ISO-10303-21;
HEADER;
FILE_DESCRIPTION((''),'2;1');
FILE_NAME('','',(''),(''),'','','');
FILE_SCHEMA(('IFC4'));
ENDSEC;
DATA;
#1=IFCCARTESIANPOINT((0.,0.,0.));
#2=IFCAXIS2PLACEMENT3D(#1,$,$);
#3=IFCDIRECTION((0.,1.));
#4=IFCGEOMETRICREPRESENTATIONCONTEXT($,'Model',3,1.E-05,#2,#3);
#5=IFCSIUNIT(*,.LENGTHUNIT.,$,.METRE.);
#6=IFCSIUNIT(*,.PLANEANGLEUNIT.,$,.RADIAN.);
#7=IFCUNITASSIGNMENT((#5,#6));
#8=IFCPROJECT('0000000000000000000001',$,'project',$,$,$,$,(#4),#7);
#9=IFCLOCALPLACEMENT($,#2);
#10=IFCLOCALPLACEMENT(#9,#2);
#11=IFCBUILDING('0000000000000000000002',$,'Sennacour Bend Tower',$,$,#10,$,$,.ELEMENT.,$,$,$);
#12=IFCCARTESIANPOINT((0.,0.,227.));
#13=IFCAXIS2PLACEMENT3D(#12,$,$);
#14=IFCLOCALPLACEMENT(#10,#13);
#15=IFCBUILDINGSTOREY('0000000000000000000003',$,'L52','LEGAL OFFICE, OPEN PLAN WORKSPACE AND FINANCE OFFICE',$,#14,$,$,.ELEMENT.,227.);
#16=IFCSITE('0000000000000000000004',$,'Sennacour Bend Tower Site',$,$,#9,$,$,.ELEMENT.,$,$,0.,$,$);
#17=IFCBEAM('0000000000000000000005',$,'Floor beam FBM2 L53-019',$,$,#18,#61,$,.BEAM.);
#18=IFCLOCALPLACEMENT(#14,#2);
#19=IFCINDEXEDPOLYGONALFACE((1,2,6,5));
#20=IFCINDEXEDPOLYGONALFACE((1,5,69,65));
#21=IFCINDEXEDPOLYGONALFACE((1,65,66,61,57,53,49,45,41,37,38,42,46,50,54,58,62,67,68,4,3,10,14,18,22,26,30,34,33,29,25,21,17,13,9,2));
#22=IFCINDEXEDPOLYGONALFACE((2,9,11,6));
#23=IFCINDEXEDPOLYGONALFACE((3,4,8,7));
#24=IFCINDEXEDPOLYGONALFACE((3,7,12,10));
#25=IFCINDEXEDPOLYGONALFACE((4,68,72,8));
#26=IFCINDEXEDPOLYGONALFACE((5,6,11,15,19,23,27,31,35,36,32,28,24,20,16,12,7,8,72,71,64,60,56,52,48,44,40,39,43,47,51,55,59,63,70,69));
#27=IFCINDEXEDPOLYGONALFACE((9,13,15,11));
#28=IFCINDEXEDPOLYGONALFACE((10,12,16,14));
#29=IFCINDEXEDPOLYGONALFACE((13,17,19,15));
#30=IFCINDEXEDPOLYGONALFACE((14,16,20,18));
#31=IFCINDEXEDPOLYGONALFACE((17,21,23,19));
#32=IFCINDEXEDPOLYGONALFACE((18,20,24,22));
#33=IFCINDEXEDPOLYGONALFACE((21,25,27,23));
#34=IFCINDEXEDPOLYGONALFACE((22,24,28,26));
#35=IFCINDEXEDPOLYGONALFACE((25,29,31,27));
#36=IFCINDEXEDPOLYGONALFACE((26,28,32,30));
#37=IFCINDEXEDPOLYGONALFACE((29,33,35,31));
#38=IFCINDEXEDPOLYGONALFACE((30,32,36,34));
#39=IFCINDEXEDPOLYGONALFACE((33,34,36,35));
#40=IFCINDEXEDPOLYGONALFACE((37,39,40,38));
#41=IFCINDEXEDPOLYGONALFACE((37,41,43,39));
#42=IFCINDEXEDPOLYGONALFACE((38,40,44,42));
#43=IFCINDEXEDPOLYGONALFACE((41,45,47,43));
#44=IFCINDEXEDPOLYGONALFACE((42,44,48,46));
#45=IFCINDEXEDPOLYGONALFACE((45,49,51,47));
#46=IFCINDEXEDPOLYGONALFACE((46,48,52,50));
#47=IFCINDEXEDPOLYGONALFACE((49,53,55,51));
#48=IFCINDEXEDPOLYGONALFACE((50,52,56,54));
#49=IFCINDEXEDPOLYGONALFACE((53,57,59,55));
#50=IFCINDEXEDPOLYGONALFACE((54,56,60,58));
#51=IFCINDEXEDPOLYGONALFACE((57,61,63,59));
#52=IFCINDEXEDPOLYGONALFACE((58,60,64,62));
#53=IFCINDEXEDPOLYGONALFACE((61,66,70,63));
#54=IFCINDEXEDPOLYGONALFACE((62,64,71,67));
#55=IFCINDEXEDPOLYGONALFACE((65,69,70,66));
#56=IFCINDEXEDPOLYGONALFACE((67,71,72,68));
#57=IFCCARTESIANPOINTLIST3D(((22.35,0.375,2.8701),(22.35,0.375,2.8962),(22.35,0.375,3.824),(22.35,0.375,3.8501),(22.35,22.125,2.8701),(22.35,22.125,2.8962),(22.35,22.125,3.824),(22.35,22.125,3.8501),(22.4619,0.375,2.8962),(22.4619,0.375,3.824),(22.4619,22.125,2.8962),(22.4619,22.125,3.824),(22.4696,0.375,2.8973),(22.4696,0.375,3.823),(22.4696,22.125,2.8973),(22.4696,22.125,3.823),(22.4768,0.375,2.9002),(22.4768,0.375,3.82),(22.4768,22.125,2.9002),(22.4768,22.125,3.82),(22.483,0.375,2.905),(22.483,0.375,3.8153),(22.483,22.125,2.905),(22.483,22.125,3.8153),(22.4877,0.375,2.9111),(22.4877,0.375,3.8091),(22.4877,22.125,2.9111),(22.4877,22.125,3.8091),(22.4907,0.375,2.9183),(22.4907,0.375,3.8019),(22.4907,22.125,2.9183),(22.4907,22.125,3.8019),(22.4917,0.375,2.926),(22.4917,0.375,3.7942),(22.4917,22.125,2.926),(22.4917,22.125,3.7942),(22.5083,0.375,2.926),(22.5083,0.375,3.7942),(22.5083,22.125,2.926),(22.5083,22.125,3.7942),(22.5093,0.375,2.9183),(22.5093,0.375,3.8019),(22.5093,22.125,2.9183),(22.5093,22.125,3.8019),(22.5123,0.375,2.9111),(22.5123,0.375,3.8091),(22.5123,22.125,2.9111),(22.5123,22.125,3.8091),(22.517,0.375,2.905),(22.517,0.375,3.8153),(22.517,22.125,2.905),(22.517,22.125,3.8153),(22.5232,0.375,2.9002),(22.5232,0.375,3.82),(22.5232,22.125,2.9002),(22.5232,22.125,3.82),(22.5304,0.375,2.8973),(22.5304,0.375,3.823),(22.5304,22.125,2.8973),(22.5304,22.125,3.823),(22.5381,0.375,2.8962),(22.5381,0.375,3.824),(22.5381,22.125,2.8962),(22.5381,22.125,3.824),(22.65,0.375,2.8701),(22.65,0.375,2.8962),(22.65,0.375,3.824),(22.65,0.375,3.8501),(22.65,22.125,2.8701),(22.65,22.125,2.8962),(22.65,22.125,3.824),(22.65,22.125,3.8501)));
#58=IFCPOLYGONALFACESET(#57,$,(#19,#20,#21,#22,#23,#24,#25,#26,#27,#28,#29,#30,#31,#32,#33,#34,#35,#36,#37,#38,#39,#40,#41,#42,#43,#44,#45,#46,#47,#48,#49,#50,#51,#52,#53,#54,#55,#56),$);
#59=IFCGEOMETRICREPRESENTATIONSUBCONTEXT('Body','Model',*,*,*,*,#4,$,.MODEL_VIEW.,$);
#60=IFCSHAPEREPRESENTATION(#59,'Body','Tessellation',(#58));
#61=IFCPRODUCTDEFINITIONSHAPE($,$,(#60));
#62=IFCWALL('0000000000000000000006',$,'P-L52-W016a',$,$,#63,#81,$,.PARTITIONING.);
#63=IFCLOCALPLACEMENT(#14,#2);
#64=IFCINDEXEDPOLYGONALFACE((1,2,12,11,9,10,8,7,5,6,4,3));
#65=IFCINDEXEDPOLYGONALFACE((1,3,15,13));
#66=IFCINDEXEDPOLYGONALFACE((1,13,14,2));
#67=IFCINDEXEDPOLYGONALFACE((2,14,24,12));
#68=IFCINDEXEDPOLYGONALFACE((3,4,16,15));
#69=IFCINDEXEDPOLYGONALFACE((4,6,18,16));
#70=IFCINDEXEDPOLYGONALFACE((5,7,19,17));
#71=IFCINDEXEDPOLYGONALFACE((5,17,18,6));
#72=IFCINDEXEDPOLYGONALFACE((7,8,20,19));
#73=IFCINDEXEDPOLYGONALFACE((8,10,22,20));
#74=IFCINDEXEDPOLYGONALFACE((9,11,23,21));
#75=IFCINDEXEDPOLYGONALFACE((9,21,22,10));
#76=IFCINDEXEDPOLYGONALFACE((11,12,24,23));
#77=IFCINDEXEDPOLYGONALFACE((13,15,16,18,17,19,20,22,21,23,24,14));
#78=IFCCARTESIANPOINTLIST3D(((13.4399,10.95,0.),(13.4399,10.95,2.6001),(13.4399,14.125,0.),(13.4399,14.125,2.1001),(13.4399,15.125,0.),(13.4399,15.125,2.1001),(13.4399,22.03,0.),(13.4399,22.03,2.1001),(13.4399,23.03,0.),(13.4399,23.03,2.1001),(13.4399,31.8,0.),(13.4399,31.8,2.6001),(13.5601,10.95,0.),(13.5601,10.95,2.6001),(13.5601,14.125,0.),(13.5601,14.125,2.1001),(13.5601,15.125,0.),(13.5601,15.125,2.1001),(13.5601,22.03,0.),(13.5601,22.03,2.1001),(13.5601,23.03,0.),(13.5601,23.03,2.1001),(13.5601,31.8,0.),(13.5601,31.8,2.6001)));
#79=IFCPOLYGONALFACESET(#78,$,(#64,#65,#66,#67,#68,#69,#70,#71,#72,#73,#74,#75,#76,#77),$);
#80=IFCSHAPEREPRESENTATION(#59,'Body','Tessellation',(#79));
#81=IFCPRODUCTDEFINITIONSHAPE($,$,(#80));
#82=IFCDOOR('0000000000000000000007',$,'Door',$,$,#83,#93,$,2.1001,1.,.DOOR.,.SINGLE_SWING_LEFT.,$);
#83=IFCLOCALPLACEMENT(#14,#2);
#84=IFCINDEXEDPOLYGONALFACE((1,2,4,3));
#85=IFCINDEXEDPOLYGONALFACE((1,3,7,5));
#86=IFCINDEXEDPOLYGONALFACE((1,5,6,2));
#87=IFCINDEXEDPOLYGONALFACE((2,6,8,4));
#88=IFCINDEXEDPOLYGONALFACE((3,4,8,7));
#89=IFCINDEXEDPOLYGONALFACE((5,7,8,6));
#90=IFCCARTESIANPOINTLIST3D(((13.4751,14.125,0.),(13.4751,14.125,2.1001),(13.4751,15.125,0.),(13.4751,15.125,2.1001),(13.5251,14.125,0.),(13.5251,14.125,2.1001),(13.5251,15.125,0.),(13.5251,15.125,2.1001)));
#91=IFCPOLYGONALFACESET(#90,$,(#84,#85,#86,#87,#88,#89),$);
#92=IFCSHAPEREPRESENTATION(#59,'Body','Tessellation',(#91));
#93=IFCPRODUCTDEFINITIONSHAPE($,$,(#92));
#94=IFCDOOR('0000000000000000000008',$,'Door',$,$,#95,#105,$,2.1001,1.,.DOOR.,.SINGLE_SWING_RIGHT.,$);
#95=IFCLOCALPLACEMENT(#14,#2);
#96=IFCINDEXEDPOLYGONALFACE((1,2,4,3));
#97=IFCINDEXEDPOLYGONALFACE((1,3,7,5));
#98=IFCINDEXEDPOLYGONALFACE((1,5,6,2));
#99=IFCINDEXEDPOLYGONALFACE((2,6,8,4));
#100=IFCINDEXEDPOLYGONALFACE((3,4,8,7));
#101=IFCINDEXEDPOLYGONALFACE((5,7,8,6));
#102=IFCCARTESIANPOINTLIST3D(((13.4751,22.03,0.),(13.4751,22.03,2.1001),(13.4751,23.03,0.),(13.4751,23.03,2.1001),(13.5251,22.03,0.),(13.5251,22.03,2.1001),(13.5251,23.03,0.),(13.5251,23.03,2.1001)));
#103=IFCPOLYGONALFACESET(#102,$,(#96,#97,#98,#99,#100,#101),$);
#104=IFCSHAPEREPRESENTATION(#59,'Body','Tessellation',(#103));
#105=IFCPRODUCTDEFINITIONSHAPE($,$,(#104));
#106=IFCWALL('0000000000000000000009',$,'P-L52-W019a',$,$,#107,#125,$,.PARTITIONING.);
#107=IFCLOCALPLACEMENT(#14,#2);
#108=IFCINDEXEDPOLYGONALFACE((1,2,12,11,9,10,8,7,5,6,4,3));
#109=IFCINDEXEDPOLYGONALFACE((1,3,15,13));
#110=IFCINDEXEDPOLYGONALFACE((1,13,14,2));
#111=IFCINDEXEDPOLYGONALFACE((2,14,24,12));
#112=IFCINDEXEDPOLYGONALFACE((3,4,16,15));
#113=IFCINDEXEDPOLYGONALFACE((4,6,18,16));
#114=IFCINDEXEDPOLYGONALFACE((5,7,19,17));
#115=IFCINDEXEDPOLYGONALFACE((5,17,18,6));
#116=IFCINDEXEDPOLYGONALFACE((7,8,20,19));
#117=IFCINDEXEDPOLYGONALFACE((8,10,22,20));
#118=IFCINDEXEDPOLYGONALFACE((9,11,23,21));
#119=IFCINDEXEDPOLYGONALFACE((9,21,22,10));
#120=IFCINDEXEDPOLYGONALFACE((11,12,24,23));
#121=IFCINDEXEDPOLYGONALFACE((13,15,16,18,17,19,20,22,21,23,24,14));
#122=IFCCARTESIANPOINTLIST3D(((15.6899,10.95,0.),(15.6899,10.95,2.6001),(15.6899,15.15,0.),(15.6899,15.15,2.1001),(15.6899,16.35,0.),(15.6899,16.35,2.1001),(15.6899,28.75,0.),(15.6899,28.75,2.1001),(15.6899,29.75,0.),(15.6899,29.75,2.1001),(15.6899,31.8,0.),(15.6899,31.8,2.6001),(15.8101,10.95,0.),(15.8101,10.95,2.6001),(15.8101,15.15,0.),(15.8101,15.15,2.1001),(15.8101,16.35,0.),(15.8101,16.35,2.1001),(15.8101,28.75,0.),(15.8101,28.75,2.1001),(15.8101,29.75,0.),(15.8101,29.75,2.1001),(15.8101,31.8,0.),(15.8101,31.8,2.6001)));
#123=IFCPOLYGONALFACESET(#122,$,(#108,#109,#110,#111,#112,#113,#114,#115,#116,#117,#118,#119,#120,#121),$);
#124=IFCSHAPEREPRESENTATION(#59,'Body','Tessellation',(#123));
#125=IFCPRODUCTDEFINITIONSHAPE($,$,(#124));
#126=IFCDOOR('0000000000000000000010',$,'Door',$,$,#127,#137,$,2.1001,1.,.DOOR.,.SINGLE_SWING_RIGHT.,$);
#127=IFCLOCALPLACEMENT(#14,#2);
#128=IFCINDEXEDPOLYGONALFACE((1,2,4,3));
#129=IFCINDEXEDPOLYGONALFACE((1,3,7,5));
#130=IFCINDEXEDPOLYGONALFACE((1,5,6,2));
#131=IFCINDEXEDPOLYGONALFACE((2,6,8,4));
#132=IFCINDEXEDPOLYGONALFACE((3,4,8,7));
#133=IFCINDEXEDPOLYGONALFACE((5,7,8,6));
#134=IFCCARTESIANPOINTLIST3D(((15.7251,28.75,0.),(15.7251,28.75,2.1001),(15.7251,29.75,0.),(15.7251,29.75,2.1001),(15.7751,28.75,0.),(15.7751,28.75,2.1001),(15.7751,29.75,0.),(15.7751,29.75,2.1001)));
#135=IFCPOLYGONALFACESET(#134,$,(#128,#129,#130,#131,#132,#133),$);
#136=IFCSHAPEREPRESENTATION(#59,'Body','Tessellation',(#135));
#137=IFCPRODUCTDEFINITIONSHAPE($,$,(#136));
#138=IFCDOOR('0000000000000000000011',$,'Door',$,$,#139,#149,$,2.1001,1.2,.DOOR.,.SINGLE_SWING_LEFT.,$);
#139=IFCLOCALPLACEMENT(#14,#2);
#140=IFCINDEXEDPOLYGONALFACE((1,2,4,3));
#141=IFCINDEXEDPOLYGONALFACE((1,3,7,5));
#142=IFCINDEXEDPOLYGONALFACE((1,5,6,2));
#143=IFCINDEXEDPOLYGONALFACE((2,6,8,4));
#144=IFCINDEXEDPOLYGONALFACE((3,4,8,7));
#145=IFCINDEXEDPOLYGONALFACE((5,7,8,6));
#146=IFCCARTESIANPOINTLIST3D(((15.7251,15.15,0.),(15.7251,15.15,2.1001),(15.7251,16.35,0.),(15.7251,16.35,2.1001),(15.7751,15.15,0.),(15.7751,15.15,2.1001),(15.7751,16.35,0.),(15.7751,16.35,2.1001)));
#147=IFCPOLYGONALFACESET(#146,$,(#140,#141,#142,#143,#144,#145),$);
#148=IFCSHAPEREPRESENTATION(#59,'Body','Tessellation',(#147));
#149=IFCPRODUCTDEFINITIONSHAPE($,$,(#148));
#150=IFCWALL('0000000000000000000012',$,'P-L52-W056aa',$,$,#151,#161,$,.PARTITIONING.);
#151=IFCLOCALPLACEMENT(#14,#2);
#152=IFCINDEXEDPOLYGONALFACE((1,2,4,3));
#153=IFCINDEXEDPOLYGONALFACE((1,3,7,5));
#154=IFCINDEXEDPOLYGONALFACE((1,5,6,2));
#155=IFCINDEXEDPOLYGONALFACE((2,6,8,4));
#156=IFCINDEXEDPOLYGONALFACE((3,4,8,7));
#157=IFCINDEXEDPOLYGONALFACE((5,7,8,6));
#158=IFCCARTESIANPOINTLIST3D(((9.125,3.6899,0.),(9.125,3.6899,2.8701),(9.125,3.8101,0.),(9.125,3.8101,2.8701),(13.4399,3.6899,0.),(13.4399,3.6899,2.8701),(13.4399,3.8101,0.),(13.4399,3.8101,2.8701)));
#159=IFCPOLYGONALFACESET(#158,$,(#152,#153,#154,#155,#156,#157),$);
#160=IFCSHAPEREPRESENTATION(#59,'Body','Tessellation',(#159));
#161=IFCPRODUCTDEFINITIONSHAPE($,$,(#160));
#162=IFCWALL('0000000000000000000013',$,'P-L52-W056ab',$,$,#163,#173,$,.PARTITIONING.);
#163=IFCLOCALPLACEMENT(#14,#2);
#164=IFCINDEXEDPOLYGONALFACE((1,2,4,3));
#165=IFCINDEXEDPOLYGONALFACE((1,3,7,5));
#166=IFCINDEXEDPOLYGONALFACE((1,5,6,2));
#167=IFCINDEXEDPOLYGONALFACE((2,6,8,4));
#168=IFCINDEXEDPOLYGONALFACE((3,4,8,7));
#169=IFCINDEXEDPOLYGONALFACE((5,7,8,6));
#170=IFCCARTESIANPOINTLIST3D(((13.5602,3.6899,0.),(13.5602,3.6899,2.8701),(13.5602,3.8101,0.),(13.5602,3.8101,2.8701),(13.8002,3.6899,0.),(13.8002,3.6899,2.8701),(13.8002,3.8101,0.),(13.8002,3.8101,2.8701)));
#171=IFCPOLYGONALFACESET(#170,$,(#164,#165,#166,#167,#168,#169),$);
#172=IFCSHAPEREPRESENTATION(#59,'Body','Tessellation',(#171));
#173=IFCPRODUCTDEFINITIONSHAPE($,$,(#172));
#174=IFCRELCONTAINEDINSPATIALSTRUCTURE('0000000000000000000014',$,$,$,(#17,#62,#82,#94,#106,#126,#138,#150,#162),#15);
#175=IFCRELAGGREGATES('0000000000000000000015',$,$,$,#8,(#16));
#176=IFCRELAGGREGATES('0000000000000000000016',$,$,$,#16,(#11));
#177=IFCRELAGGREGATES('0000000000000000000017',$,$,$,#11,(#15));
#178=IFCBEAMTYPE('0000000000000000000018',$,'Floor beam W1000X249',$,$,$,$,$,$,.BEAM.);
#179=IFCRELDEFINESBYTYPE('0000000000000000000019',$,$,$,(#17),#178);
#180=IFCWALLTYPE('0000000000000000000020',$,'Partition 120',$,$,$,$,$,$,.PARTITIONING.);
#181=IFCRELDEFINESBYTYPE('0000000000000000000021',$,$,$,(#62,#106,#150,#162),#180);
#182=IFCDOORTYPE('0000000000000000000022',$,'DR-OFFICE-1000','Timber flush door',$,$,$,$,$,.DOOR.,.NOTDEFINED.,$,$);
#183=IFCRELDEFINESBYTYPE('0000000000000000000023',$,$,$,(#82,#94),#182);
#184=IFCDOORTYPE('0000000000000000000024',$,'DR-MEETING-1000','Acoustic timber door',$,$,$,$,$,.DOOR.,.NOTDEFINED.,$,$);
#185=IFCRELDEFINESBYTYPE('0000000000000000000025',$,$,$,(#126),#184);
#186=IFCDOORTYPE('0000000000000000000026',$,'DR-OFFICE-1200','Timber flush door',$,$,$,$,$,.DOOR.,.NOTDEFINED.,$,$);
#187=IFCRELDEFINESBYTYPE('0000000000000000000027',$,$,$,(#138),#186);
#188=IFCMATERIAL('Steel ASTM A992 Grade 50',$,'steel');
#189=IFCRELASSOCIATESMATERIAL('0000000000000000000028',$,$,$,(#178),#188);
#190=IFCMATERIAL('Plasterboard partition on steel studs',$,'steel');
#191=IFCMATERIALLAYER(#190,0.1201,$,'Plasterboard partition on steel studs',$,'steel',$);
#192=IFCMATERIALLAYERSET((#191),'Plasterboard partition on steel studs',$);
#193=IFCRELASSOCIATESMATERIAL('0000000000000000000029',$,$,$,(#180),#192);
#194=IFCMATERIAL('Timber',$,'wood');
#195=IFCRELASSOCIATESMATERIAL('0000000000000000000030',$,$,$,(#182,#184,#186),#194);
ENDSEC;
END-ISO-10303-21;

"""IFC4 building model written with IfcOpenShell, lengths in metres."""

from ifc_helpers import new_model, si_unit, direction, frame, frame_2d, origin, origin_2d, place, context, subcontext, project, spatial, rectangle, i_section, extrude, material, layer, layer_set, material_profile, profile_set, type_object, element, fill, save


model = new_model("IFC4")

# Units and contexts
model_context = context("Model", 3, precision=1e-05, world=origin(), true_north=direction((0.0, 1.0)))
body_context = subcontext(model_context, "Body", "Model", "MODEL_VIEW")
ifc_project = project(units=[si_unit("LENGTHUNIT", "METRE"), si_unit("PLANEANGLEUNIT", "RADIAN")], contexts=[model_context])

# Site, building, storey
site_placement = place(None, origin())
site = spatial("IfcSite", under=ifc_project, at=site_placement, Name="Sennacour Bend Tower Site", CompositionType="ELEMENT", RefElevation=0.0)
building_placement = place(site_placement, origin())
building = spatial("IfcBuilding", under=site, at=building_placement, Name="Sennacour Bend Tower", CompositionType="ELEMENT")
storey_placement = place(building_placement, frame((0.0, 0.0, 227.0)))
storey = spatial("IfcBuildingStorey", under=building, at=storey_placement, Name="L52", Description="LEGAL OFFICE, OPEN PLAN WORKSPACE AND FINANCE OFFICE", CompositionType="ELEMENT", Elevation=227.0)

# Beam
ifc_material_1 = material(Name="Steel ASTM A992 Grade 50", Category="steel")
ifc_material_profile = material_profile(ifc_material_1, i_section(OverallWidth=0.3, OverallDepth=0.98, WebThickness=0.0166, FlangeThickness=0.0261, FilletRadius=0.0298, at=origin_2d()), Name="Steel ASTM A992 Grade 50", Category="steel")
ifc_profile_set = profile_set([ifc_material_profile], Name="Steel ASTM A992 Grade 50")
beam_type = type_object("IfcBeamType", Name="Floor beam W1000X249", PredefinedType="BEAM", material=ifc_profile_set)
beam_placement = place(storey_placement, frame((22.5, 0.375, 3.3601), z_axis=(0.0, 1.0, 0.0), x_axis=(-1.0, 0.0, 0.0)))
element("IfcBeam", 1, at=beam_placement, inside=storey, type_object=beam_type, Name="Floor beam FBM2 L53-019", PredefinedType="BEAM", context=body_context, shape_type="SweptSolid", body=[
    extrude(i_section(OverallWidth=0.3, OverallDepth=0.98, WebThickness=0.0166, FlangeThickness=0.0261, FilletRadius=0.0298, at=origin_2d()), origin(), (0.0, 0.0, 1.0), 21.75),
])

# Walls, openings, doors
ifc_material_2 = material(Name="Plasterboard partition on steel studs", Category="steel")
ifc_layer_1 = layer(ifc_material_2, 0.1201, Name="Plasterboard partition on steel studs", Category="steel")
ifc_layer_set_1 = layer_set([ifc_layer_1], Name="Plasterboard partition on steel studs")
wall_type_1 = type_object("IfcWallType", Name="Partition 120", PredefinedType="PARTITIONING", material=ifc_layer_set_1)
wall_1_placement = place(storey_placement, frame((13.5, 10.95, 0.0), z_axis=(0.0, 0.0, 1.0), x_axis=(0.0, 1.0, 0.0)))
wall_1 = element("IfcWall", 2, at=wall_1_placement, inside=storey, type_object=wall_type_1, Name="P-L52-W016a", PredefinedType="PARTITIONING", context=body_context, shape_type="SweptSolid", body=[
    extrude(rectangle(XDim=20.8501, YDim=0.1201, at=frame_2d((10.425, 0.0))), origin(), (0.0, 0.0, 1.0), 2.6001),
])
opening_1_placement = place(wall_1_placement, frame((3.175, 0.0, 0.0)))
opening_1 = element("IfcOpeningElement", 3, at=opening_1_placement, cuts=wall_1, PredefinedType="OPENING", context=body_context, shape_type="SweptSolid", body=[
    extrude(rectangle(XDim=1.0, YDim=2.1001, at=frame_2d((0.5, 1.05))), frame((0.0, 0.0701, 0.0), z_axis=(0.0, -1.0, 0.0), x_axis=(1.0, 0.0, 0.0)), (0.0, 0.0, 1.0), 0.1401),
])
opening_2_placement = place(wall_1_placement, frame((11.0801, 0.0, 0.0)))
opening_2 = element("IfcOpeningElement", 4, at=opening_2_placement, cuts=wall_1, PredefinedType="OPENING", context=body_context, shape_type="SweptSolid", body=[
    extrude(rectangle(XDim=1.0, YDim=2.1001, at=frame_2d((0.5, 1.05))), frame((0.0, 0.0701, 0.0), z_axis=(0.0, -1.0, 0.0), x_axis=(1.0, 0.0, 0.0)), (0.0, 0.0, 1.0), 0.1401),
])
ifc_material_3 = material(Name="Timber", Category="wood")
door_type_1 = type_object("IfcDoorType", Name="DR-OFFICE-1000", Description="Timber flush door", OperationType="NOTDEFINED", PredefinedType="DOOR", material=ifc_material_3)
door_1_placement = place(opening_1_placement, origin())
door_1 = element("IfcDoor", 5, at=door_1_placement, inside=storey, type_object=door_type_1, Name="Door", OperationType="SINGLE_SWING_LEFT", OverallHeight=2.1001, OverallWidth=1.0, PredefinedType="DOOR", context=body_context, shape_type="SweptSolid", body=[
    extrude(rectangle(XDim=1.0, YDim=2.1001, at=frame_2d((0.5, 1.05))), frame((0.0, 0.0249, 0.0), z_axis=(0.0, -1.0, 0.0), x_axis=(1.0, 0.0, 0.0)), (0.0, 0.0, 1.0), 0.05),
])
fill(opening_1, door_1)
door_2_placement = place(opening_2_placement, origin())
door_2 = element("IfcDoor", 6, at=door_2_placement, inside=storey, type_object=door_type_1, Name="Door", OperationType="SINGLE_SWING_RIGHT", OverallHeight=2.1001, OverallWidth=1.0, PredefinedType="DOOR", context=body_context, shape_type="SweptSolid", body=[
    extrude(rectangle(XDim=1.0, YDim=2.1001, at=frame_2d((0.5, 1.05))), frame((0.0, 0.0249, 0.0), z_axis=(0.0, -1.0, 0.0), x_axis=(1.0, 0.0, 0.0)), (0.0, 0.0, 1.0), 0.05),
])
fill(opening_2, door_2)
wall_2_placement = place(storey_placement, frame((15.75, 10.95, 0.0), z_axis=(0.0, 0.0, 1.0), x_axis=(0.0, 1.0, 0.0)))
wall_2 = element("IfcWall", 7, at=wall_2_placement, inside=storey, type_object=wall_type_1, Name="P-L52-W019a", PredefinedType="PARTITIONING", context=body_context, shape_type="SweptSolid", body=[
    extrude(rectangle(XDim=20.8501, YDim=0.1201, at=frame_2d((10.425, 0.0))), origin(), (0.0, 0.0, 1.0), 2.6001),
])
opening_3_placement = place(wall_2_placement, frame((17.8, 0.0, 0.0)))
opening_3 = element("IfcOpeningElement", 8, at=opening_3_placement, cuts=wall_2, PredefinedType="OPENING", context=body_context, shape_type="SweptSolid", body=[
    extrude(rectangle(XDim=1.0, YDim=2.1001, at=frame_2d((0.5, 1.05))), frame((0.0, 0.0701, 0.0), z_axis=(0.0, -1.0, 0.0), x_axis=(1.0, 0.0, 0.0)), (0.0, 0.0, 1.0), 0.1401),
])
opening_4_placement = place(wall_2_placement, frame((4.2, 0.0, 0.0)))
opening_4 = element("IfcOpeningElement", 9, at=opening_4_placement, cuts=wall_2, PredefinedType="OPENING", context=body_context, shape_type="SweptSolid", body=[
    extrude(rectangle(XDim=1.2, YDim=2.1001, at=frame_2d((0.6001, 1.05))), frame((0.0, 0.0701, 0.0), z_axis=(0.0, -1.0, 0.0), x_axis=(1.0, 0.0, 0.0)), (0.0, 0.0, 1.0), 0.1401),
])
door_type_2 = type_object("IfcDoorType", Name="DR-MEETING-1000", Description="Acoustic timber door", OperationType="NOTDEFINED", PredefinedType="DOOR", material=ifc_material_3)
door_3_placement = place(opening_3_placement, origin())
door_3 = element("IfcDoor", 10, at=door_3_placement, inside=storey, type_object=door_type_2, Name="Door", OperationType="SINGLE_SWING_RIGHT", OverallHeight=2.1001, OverallWidth=1.0, PredefinedType="DOOR", context=body_context, shape_type="SweptSolid", body=[
    extrude(rectangle(XDim=1.0, YDim=2.1001, at=frame_2d((0.5, 1.05))), frame((0.0, 0.0249, 0.0), z_axis=(0.0, -1.0, 0.0), x_axis=(1.0, 0.0, 0.0)), (0.0, 0.0, 1.0), 0.05),
])
fill(opening_3, door_3)
door_type_3 = type_object("IfcDoorType", Name="DR-OFFICE-1200", Description="Timber flush door", OperationType="NOTDEFINED", PredefinedType="DOOR", material=ifc_material_3)
door_4_placement = place(opening_4_placement, origin())
door_4 = element("IfcDoor", 11, at=door_4_placement, inside=storey, type_object=door_type_3, Name="Door", OperationType="SINGLE_SWING_LEFT", OverallHeight=2.1001, OverallWidth=1.2, PredefinedType="DOOR", context=body_context, shape_type="SweptSolid", body=[
    extrude(rectangle(XDim=1.2, YDim=2.1001, at=frame_2d((0.6001, 1.05))), frame((0.0, 0.0249, 0.0), z_axis=(0.0, -1.0, 0.0), x_axis=(1.0, 0.0, 0.0)), (0.0, 0.0, 1.0), 0.05),
])
fill(opening_4, door_4)

# Walls
wall_3_placement = place(storey_placement, frame((9.125, 3.75, 0.0), z_axis=(0.0, 0.0, 1.0), x_axis=(1.0, 0.0, 0.0)))
element("IfcWall", 12, at=wall_3_placement, inside=storey, type_object=wall_type_1, Name="P-L52-W056aa", PredefinedType="PARTITIONING", context=body_context, shape_type="SweptSolid", body=[
    extrude(rectangle(XDim=4.3149, YDim=0.1201, at=frame_2d((2.1575, 0.0))), origin(), (0.0, 0.0, 1.0), 2.8701),
])
wall_4_placement = place(storey_placement, frame((13.5601, 3.75, 0.0), z_axis=(0.0, 0.0, 1.0), x_axis=(1.0, 0.0, 0.0)))
element("IfcWall", 13, at=wall_4_placement, inside=storey, type_object=wall_type_1, Name="P-L52-W056ab", PredefinedType="PARTITIONING", context=body_context, shape_type="SweptSolid", body=[
    extrude(rectangle(XDim=0.24, YDim=0.1201, at=frame_2d((0.1201, 0.0))), origin(), (0.0, 0.0, 1.0), 2.8701),
])

save(model, "model.ifc")
